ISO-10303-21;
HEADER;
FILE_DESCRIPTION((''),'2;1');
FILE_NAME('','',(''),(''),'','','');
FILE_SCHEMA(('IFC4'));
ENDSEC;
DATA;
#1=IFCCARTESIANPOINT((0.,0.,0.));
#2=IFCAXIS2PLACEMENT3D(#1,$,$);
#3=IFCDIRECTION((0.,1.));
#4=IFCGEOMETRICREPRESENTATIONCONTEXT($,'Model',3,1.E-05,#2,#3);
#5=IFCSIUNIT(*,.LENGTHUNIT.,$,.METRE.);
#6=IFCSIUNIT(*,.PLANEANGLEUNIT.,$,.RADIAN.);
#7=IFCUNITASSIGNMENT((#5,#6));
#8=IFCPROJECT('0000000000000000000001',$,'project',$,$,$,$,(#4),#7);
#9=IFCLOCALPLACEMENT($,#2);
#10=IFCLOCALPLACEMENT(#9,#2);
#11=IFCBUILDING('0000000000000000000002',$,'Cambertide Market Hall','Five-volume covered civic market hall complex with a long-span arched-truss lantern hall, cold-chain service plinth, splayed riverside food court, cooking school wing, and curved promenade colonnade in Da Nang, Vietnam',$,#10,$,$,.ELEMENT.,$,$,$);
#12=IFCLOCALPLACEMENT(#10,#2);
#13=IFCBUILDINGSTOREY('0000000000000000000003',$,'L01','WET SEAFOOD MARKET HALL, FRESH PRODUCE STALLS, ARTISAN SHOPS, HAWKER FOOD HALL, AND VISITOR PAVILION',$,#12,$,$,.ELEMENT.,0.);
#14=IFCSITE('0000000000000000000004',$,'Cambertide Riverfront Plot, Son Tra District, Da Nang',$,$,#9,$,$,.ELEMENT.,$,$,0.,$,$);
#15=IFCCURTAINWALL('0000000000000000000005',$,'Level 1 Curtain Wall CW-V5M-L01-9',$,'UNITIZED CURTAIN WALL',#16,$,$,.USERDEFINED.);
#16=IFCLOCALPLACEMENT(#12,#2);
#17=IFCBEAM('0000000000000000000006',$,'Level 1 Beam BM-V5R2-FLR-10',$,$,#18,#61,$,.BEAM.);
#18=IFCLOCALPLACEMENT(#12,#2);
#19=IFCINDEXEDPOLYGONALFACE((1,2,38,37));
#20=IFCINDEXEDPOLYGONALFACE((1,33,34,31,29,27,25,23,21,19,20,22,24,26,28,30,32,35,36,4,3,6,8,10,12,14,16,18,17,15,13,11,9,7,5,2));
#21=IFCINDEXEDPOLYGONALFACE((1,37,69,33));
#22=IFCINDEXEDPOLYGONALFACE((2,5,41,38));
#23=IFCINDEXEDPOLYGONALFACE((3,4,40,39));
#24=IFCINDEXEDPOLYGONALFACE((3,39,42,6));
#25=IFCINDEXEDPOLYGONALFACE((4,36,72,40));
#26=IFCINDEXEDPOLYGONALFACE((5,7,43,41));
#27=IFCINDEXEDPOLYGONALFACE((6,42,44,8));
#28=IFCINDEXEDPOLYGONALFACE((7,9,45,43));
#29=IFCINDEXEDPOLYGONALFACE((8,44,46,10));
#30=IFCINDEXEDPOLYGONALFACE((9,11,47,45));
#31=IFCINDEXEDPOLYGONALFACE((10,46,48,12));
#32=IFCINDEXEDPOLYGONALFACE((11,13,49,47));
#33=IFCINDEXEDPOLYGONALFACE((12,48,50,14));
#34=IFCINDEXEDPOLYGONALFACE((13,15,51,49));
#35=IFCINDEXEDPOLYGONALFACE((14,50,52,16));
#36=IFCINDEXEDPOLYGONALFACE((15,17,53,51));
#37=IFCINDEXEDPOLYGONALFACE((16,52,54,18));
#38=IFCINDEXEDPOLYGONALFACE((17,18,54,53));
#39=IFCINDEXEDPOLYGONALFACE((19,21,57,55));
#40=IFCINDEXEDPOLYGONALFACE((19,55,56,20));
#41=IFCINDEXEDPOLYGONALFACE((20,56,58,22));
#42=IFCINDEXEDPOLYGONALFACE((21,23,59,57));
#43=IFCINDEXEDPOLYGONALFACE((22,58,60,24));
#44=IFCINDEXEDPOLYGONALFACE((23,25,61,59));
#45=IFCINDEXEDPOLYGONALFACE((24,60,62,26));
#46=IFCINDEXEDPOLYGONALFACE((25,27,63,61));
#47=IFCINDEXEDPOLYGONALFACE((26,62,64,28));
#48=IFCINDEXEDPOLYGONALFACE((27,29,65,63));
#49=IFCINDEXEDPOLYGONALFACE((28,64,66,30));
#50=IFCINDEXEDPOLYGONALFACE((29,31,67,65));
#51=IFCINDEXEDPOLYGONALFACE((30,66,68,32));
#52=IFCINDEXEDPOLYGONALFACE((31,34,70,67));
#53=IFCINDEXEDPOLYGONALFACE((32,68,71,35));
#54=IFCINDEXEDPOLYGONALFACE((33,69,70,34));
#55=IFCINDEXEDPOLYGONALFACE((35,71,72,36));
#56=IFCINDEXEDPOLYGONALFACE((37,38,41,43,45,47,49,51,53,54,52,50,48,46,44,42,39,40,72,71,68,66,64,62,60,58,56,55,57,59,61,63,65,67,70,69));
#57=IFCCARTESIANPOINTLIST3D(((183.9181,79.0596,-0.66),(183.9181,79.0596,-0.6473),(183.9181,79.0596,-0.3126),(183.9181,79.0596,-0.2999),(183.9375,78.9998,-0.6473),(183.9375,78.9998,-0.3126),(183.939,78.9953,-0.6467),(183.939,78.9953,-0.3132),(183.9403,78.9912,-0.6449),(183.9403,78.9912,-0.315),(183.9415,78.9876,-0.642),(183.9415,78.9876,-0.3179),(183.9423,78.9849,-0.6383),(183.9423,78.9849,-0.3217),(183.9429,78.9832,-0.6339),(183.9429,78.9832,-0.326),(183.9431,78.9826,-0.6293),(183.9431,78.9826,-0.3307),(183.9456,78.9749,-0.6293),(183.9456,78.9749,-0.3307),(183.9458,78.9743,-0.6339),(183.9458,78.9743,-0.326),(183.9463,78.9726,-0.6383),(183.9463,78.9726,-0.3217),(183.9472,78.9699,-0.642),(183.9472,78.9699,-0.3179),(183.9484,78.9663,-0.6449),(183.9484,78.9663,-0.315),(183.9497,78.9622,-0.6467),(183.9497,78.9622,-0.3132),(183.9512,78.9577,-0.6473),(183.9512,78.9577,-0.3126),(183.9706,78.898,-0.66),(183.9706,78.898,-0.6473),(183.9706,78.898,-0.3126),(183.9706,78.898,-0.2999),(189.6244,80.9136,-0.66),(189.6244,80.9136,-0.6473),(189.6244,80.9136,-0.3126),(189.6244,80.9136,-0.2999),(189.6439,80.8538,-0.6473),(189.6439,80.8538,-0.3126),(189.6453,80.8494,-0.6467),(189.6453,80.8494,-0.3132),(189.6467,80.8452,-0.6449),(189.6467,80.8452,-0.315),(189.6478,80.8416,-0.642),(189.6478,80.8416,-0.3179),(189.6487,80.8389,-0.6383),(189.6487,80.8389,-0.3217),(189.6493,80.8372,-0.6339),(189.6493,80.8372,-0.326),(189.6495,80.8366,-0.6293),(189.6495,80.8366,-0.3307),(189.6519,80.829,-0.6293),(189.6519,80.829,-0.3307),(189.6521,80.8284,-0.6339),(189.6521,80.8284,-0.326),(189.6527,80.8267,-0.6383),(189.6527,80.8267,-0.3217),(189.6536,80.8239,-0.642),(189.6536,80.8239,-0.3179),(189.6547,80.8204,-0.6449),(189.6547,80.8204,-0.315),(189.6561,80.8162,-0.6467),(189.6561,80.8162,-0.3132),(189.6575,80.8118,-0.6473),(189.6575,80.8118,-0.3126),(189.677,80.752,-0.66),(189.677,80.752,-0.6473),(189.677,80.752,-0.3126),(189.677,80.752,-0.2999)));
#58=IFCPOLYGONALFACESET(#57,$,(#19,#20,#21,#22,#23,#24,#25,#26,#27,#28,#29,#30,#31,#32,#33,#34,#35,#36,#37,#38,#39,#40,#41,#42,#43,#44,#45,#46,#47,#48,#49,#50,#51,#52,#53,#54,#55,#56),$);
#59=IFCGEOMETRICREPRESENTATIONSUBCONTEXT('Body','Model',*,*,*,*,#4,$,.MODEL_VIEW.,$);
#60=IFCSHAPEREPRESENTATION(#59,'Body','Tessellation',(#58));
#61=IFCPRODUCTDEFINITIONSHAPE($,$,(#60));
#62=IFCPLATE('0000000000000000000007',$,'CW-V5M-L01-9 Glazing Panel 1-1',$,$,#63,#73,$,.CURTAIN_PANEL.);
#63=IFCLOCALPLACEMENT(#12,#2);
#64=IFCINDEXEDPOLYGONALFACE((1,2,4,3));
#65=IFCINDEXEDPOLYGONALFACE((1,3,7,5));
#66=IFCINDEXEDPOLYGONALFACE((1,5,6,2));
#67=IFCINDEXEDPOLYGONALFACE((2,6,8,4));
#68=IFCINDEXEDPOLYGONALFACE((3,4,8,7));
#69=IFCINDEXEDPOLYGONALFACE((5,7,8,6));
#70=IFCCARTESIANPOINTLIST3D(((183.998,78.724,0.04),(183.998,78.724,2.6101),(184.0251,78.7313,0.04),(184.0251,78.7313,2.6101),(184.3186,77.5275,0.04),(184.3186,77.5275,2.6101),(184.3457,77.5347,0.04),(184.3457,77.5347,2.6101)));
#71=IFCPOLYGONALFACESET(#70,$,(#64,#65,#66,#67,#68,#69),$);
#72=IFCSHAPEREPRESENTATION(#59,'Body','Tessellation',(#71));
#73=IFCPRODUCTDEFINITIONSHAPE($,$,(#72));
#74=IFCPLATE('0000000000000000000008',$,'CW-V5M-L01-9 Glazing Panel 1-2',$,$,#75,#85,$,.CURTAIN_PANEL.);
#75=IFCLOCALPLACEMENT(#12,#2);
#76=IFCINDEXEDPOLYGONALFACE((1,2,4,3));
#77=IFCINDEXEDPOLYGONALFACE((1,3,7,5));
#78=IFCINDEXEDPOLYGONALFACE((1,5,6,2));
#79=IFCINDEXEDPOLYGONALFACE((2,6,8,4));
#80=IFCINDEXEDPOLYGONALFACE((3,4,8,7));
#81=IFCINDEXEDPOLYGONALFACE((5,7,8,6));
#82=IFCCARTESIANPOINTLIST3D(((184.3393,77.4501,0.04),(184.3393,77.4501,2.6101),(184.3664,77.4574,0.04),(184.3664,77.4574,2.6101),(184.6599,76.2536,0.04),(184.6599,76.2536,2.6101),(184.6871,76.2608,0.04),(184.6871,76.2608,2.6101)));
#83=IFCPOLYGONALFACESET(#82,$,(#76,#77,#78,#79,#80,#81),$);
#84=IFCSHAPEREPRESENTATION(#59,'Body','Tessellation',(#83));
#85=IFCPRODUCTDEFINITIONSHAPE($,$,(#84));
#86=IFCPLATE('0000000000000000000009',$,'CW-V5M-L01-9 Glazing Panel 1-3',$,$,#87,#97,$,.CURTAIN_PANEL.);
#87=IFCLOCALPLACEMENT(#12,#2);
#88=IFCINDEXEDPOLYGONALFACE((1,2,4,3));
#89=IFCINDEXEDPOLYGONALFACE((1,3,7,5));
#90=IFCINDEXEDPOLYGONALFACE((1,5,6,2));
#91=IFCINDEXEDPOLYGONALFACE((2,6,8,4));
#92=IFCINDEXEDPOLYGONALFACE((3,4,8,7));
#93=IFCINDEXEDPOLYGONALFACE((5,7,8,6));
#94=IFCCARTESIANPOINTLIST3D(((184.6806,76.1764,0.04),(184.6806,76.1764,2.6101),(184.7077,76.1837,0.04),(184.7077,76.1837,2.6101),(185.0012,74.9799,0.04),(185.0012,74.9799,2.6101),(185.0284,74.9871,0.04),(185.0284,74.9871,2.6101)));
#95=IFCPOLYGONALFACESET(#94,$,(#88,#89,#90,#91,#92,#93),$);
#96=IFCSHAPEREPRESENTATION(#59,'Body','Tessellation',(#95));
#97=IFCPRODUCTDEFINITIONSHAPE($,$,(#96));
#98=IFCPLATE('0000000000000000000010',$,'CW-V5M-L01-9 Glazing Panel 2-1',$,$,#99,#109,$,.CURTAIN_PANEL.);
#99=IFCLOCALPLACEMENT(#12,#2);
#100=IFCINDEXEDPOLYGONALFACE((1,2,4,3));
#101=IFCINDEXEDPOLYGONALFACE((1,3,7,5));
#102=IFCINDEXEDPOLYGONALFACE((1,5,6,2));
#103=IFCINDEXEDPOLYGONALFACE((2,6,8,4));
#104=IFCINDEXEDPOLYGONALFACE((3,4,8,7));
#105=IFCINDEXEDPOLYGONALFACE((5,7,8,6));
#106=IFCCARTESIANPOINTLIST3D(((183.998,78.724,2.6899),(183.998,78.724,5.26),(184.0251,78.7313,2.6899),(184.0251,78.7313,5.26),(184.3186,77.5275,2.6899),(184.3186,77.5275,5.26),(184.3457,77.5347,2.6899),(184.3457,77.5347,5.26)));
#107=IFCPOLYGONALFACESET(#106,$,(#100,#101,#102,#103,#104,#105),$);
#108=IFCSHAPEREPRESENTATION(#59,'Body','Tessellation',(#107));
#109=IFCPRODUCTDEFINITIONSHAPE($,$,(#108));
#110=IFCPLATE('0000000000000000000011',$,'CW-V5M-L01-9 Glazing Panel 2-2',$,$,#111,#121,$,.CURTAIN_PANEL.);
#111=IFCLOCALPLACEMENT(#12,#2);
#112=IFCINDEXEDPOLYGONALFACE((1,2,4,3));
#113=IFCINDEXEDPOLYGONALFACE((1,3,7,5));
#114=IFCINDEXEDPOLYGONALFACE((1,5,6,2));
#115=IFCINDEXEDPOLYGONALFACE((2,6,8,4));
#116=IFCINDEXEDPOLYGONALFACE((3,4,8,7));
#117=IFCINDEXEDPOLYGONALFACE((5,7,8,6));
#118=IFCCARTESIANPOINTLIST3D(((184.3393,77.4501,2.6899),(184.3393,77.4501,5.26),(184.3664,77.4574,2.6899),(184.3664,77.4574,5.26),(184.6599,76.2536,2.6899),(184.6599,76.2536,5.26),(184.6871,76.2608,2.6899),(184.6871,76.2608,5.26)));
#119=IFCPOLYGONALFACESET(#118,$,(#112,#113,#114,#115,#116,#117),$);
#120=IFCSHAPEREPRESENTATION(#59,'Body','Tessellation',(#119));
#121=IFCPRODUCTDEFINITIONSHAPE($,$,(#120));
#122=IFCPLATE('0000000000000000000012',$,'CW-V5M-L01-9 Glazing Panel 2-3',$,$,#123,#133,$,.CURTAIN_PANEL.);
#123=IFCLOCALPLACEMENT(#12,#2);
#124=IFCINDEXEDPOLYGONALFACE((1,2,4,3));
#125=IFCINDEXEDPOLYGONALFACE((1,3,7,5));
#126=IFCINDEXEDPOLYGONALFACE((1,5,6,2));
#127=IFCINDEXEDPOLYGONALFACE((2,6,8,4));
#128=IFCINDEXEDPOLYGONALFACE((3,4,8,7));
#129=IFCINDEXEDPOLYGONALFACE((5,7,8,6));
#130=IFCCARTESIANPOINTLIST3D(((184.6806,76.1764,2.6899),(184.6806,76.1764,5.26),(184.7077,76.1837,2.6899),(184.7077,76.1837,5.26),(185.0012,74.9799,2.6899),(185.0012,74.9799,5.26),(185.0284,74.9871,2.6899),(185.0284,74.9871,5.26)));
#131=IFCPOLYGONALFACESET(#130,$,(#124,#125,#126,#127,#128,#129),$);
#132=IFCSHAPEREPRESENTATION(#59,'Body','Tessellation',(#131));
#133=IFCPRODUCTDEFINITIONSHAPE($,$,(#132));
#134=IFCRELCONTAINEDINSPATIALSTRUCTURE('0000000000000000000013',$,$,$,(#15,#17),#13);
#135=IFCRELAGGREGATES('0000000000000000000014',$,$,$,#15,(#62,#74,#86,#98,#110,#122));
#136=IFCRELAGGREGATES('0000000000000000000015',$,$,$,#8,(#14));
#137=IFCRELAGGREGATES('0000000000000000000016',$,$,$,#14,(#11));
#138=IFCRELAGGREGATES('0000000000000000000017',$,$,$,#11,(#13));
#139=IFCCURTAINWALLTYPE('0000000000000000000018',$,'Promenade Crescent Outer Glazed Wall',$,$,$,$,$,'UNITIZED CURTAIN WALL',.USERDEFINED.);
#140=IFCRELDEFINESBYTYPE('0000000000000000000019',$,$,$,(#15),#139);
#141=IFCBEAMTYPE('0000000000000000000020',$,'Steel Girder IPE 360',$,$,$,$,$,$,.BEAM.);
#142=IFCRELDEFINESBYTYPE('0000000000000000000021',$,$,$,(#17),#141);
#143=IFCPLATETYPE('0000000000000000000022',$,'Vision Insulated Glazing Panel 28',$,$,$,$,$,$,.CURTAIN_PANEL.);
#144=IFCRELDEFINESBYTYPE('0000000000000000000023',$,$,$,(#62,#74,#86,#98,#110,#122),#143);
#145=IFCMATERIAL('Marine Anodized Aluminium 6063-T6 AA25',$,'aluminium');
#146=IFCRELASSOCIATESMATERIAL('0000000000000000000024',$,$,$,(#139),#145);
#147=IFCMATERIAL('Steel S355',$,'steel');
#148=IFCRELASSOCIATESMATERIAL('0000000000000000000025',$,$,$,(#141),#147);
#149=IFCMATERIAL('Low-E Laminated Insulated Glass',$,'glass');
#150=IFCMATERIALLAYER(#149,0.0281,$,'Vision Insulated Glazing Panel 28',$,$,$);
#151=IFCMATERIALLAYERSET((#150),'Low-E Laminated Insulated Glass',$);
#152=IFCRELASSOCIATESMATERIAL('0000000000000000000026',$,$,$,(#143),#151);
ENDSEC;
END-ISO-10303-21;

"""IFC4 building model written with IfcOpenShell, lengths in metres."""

from ifc_helpers import new_model, si_unit, direction, frame, origin, origin_2d, place, context, subcontext, project, spatial, rectangle, i_section, extrude, material, layer, layer_set, material_profile, profile_set, type_object, element, aggregate, save


model = new_model("IFC4")

# Units and contexts
model_context = context("Model", 3, precision=1e-05, world=origin(), true_north=direction((0.0, 1.0)))
body_context = subcontext(model_context, "Body", "Model", "MODEL_VIEW")
ifc_project = project(units=[si_unit("LENGTHUNIT", "METRE"), si_unit("PLANEANGLEUNIT", "RADIAN")], contexts=[model_context])

# Site, building, storey
site_placement = place(None, origin())
site = spatial("IfcSite", under=ifc_project, at=site_placement, Name="Cambertide Riverfront Plot, Son Tra District, Da Nang", CompositionType="ELEMENT", RefElevation=0.0)
building_placement = place(site_placement, origin())
building = spatial("IfcBuilding", under=site, at=building_placement, Name="Cambertide Market Hall", Description="Five-volume covered civic market hall complex with a long-span arched-truss lantern hall, cold-chain service plinth, splayed riverside food court, cooking school wing, and curved promenade colonnade in Da Nang, Vietnam", CompositionType="ELEMENT")
storey_placement = place(building_placement, origin())
storey = spatial("IfcBuildingStorey", under=building, at=storey_placement, Name="L01", Description="WET SEAFOOD MARKET HALL, FRESH PRODUCE STALLS, ARTISAN SHOPS, HAWKER FOOD HALL, AND VISITOR PAVILION", CompositionType="ELEMENT", Elevation=0.0)

# Curtain wall
ifc_material_1 = material(Name="Marine Anodized Aluminium 6063-T6 AA25", Category="aluminium")
curtain_wall_type = type_object("IfcCurtainWallType", Name="Promenade Crescent Outer Glazed Wall", ElementType="UNITIZED CURTAIN WALL", PredefinedType="USERDEFINED", material=ifc_material_1)
curtain_wall_placement = place(storey_placement, origin())
curtain_wall = element("IfcCurtainWall", 1, at=curtain_wall_placement, inside=storey, type_object=curtain_wall_type, Name="Level 1 Curtain Wall CW-V5M-L01-9", ObjectType="UNITIZED CURTAIN WALL", PredefinedType="USERDEFINED")

# Beam
ifc_material_2 = material(Name="Steel S355", Category="steel")
ifc_material_profile_1 = material_profile(ifc_material_2, i_section(OverallWidth=0.1699, OverallDepth=0.3601, WebThickness=0.0081, FlangeThickness=0.0127, FilletRadius=0.0181, at=origin_2d()), Name="IPE 360")
ifc_profile_set_1 = profile_set([ifc_material_profile_1], Name="Steel S355")
beam_type_1 = type_object("IfcBeamType", Name="Steel Girder IPE 360", PredefinedType="BEAM", material=ifc_profile_set_1)
for number, where, z_axis, x_axis, name in (
    (2, (183.9443, 78.9788, -0.48), (0.951061, 0.309004, 0.0), (-0.309004, 0.951061, 0.0), "Level 1 Beam BM-V5R2-FLR-10"),
):
    element("IfcBeam", number, at=place(storey_placement, frame(where, z_axis=z_axis, x_axis=x_axis)), inside=storey, type_object=beam_type_1, Name=name, PredefinedType="BEAM", context=body_context, shape_type="SweptSolid", body=[
        extrude(i_section(OverallWidth=0.1699, OverallDepth=0.3601, WebThickness=0.0081, FlangeThickness=0.0127, FilletRadius=0.0181, at=origin_2d()), origin(), (0.0, 0.0, 1.0), 6.0),
    ])

# Plates
ifc_material_3 = material(Name="Low-E Laminated Insulated Glass", Category="glass")
ifc_layer = layer(ifc_material_3, 0.0281, Name="Vision Insulated Glazing Panel 28")
ifc_layer_set = layer_set([ifc_layer], Name="Low-E Laminated Insulated Glass")
plate_type = type_object("IfcPlateType", Name="Vision Insulated Glazing Panel 28", PredefinedType="CURTAIN_PANEL", material=ifc_layer_set)
plate_1_placement = place(storey_placement, frame((184.1719, 78.1294, 0.04), z_axis=(0.0, 0.0, 1.0), x_axis=(0.258819, -0.965926, 0.0)))
plate_1 = element("IfcPlate", 3, at=plate_1_placement, type_object=plate_type, Name="CW-V5M-L01-9 Glazing Panel 1-1", PredefinedType="CURTAIN_PANEL", context=body_context, shape_type="SweptSolid", body=[
    extrude(rectangle(XDim=1.2388, YDim=0.0281, at=origin_2d()), origin(), (0.0, 0.0, 1.0), 2.5701),
])
plate_2_placement = place(storey_placement, frame((184.5132, 76.8555, 0.04), z_axis=(0.0, 0.0, 1.0), x_axis=(0.258819, -0.965926, 0.0)))
plate_2 = element("IfcPlate", 4, at=plate_2_placement, type_object=plate_type, Name="CW-V5M-L01-9 Glazing Panel 1-2", PredefinedType="CURTAIN_PANEL", context=body_context, shape_type="SweptSolid", body=[
    extrude(rectangle(XDim=1.2388, YDim=0.0281, at=origin_2d()), origin(), (0.0, 0.0, 1.0), 2.5701),
])
plate_3_placement = place(storey_placement, frame((184.8545, 75.5818, 0.04), z_axis=(0.0, 0.0, 1.0), x_axis=(0.258819, -0.965926, 0.0)))
plate_3 = element("IfcPlate", 5, at=plate_3_placement, type_object=plate_type, Name="CW-V5M-L01-9 Glazing Panel 1-3", PredefinedType="CURTAIN_PANEL", context=body_context, shape_type="SweptSolid", body=[
    extrude(rectangle(XDim=1.2388, YDim=0.0281, at=origin_2d()), origin(), (0.0, 0.0, 1.0), 2.5701),
])
plate_4_placement = place(storey_placement, frame((184.1719, 78.1294, 2.6899), z_axis=(0.0, 0.0, 1.0), x_axis=(0.258819, -0.965926, 0.0)))
plate_4 = element("IfcPlate", 6, at=plate_4_placement, type_object=plate_type, Name="CW-V5M-L01-9 Glazing Panel 2-1", PredefinedType="CURTAIN_PANEL", context=body_context, shape_type="SweptSolid", body=[
    extrude(rectangle(XDim=1.2388, YDim=0.0281, at=origin_2d()), origin(), (0.0, 0.0, 1.0), 2.5701),
])
plate_5_placement = place(storey_placement, frame((184.5132, 76.8555, 2.6899), z_axis=(0.0, 0.0, 1.0), x_axis=(0.258819, -0.965926, 0.0)))
plate_5 = element("IfcPlate", 7, at=plate_5_placement, type_object=plate_type, Name="CW-V5M-L01-9 Glazing Panel 2-2", PredefinedType="CURTAIN_PANEL", context=body_context, shape_type="SweptSolid", body=[
    extrude(rectangle(XDim=1.2388, YDim=0.0281, at=origin_2d()), origin(), (0.0, 0.0, 1.0), 2.5701),
])
plate_6_placement = place(storey_placement, frame((184.8545, 75.5818, 2.6899), z_axis=(0.0, 0.0, 1.0), x_axis=(0.258819, -0.965926, 0.0)))
plate_6 = element("IfcPlate", 8, at=plate_6_placement, type_object=plate_type, Name="CW-V5M-L01-9 Glazing Panel 2-3", PredefinedType="CURTAIN_PANEL", context=body_context, shape_type="SweptSolid", body=[
    extrude(rectangle(XDim=1.2388, YDim=0.0281, at=origin_2d()), origin(), (0.0, 0.0, 1.0), 2.5701),
])
aggregate(curtain_wall, [plate_1, plate_2, plate_3, plate_4, plate_5, plate_6])

save(model, "model.ifc")
